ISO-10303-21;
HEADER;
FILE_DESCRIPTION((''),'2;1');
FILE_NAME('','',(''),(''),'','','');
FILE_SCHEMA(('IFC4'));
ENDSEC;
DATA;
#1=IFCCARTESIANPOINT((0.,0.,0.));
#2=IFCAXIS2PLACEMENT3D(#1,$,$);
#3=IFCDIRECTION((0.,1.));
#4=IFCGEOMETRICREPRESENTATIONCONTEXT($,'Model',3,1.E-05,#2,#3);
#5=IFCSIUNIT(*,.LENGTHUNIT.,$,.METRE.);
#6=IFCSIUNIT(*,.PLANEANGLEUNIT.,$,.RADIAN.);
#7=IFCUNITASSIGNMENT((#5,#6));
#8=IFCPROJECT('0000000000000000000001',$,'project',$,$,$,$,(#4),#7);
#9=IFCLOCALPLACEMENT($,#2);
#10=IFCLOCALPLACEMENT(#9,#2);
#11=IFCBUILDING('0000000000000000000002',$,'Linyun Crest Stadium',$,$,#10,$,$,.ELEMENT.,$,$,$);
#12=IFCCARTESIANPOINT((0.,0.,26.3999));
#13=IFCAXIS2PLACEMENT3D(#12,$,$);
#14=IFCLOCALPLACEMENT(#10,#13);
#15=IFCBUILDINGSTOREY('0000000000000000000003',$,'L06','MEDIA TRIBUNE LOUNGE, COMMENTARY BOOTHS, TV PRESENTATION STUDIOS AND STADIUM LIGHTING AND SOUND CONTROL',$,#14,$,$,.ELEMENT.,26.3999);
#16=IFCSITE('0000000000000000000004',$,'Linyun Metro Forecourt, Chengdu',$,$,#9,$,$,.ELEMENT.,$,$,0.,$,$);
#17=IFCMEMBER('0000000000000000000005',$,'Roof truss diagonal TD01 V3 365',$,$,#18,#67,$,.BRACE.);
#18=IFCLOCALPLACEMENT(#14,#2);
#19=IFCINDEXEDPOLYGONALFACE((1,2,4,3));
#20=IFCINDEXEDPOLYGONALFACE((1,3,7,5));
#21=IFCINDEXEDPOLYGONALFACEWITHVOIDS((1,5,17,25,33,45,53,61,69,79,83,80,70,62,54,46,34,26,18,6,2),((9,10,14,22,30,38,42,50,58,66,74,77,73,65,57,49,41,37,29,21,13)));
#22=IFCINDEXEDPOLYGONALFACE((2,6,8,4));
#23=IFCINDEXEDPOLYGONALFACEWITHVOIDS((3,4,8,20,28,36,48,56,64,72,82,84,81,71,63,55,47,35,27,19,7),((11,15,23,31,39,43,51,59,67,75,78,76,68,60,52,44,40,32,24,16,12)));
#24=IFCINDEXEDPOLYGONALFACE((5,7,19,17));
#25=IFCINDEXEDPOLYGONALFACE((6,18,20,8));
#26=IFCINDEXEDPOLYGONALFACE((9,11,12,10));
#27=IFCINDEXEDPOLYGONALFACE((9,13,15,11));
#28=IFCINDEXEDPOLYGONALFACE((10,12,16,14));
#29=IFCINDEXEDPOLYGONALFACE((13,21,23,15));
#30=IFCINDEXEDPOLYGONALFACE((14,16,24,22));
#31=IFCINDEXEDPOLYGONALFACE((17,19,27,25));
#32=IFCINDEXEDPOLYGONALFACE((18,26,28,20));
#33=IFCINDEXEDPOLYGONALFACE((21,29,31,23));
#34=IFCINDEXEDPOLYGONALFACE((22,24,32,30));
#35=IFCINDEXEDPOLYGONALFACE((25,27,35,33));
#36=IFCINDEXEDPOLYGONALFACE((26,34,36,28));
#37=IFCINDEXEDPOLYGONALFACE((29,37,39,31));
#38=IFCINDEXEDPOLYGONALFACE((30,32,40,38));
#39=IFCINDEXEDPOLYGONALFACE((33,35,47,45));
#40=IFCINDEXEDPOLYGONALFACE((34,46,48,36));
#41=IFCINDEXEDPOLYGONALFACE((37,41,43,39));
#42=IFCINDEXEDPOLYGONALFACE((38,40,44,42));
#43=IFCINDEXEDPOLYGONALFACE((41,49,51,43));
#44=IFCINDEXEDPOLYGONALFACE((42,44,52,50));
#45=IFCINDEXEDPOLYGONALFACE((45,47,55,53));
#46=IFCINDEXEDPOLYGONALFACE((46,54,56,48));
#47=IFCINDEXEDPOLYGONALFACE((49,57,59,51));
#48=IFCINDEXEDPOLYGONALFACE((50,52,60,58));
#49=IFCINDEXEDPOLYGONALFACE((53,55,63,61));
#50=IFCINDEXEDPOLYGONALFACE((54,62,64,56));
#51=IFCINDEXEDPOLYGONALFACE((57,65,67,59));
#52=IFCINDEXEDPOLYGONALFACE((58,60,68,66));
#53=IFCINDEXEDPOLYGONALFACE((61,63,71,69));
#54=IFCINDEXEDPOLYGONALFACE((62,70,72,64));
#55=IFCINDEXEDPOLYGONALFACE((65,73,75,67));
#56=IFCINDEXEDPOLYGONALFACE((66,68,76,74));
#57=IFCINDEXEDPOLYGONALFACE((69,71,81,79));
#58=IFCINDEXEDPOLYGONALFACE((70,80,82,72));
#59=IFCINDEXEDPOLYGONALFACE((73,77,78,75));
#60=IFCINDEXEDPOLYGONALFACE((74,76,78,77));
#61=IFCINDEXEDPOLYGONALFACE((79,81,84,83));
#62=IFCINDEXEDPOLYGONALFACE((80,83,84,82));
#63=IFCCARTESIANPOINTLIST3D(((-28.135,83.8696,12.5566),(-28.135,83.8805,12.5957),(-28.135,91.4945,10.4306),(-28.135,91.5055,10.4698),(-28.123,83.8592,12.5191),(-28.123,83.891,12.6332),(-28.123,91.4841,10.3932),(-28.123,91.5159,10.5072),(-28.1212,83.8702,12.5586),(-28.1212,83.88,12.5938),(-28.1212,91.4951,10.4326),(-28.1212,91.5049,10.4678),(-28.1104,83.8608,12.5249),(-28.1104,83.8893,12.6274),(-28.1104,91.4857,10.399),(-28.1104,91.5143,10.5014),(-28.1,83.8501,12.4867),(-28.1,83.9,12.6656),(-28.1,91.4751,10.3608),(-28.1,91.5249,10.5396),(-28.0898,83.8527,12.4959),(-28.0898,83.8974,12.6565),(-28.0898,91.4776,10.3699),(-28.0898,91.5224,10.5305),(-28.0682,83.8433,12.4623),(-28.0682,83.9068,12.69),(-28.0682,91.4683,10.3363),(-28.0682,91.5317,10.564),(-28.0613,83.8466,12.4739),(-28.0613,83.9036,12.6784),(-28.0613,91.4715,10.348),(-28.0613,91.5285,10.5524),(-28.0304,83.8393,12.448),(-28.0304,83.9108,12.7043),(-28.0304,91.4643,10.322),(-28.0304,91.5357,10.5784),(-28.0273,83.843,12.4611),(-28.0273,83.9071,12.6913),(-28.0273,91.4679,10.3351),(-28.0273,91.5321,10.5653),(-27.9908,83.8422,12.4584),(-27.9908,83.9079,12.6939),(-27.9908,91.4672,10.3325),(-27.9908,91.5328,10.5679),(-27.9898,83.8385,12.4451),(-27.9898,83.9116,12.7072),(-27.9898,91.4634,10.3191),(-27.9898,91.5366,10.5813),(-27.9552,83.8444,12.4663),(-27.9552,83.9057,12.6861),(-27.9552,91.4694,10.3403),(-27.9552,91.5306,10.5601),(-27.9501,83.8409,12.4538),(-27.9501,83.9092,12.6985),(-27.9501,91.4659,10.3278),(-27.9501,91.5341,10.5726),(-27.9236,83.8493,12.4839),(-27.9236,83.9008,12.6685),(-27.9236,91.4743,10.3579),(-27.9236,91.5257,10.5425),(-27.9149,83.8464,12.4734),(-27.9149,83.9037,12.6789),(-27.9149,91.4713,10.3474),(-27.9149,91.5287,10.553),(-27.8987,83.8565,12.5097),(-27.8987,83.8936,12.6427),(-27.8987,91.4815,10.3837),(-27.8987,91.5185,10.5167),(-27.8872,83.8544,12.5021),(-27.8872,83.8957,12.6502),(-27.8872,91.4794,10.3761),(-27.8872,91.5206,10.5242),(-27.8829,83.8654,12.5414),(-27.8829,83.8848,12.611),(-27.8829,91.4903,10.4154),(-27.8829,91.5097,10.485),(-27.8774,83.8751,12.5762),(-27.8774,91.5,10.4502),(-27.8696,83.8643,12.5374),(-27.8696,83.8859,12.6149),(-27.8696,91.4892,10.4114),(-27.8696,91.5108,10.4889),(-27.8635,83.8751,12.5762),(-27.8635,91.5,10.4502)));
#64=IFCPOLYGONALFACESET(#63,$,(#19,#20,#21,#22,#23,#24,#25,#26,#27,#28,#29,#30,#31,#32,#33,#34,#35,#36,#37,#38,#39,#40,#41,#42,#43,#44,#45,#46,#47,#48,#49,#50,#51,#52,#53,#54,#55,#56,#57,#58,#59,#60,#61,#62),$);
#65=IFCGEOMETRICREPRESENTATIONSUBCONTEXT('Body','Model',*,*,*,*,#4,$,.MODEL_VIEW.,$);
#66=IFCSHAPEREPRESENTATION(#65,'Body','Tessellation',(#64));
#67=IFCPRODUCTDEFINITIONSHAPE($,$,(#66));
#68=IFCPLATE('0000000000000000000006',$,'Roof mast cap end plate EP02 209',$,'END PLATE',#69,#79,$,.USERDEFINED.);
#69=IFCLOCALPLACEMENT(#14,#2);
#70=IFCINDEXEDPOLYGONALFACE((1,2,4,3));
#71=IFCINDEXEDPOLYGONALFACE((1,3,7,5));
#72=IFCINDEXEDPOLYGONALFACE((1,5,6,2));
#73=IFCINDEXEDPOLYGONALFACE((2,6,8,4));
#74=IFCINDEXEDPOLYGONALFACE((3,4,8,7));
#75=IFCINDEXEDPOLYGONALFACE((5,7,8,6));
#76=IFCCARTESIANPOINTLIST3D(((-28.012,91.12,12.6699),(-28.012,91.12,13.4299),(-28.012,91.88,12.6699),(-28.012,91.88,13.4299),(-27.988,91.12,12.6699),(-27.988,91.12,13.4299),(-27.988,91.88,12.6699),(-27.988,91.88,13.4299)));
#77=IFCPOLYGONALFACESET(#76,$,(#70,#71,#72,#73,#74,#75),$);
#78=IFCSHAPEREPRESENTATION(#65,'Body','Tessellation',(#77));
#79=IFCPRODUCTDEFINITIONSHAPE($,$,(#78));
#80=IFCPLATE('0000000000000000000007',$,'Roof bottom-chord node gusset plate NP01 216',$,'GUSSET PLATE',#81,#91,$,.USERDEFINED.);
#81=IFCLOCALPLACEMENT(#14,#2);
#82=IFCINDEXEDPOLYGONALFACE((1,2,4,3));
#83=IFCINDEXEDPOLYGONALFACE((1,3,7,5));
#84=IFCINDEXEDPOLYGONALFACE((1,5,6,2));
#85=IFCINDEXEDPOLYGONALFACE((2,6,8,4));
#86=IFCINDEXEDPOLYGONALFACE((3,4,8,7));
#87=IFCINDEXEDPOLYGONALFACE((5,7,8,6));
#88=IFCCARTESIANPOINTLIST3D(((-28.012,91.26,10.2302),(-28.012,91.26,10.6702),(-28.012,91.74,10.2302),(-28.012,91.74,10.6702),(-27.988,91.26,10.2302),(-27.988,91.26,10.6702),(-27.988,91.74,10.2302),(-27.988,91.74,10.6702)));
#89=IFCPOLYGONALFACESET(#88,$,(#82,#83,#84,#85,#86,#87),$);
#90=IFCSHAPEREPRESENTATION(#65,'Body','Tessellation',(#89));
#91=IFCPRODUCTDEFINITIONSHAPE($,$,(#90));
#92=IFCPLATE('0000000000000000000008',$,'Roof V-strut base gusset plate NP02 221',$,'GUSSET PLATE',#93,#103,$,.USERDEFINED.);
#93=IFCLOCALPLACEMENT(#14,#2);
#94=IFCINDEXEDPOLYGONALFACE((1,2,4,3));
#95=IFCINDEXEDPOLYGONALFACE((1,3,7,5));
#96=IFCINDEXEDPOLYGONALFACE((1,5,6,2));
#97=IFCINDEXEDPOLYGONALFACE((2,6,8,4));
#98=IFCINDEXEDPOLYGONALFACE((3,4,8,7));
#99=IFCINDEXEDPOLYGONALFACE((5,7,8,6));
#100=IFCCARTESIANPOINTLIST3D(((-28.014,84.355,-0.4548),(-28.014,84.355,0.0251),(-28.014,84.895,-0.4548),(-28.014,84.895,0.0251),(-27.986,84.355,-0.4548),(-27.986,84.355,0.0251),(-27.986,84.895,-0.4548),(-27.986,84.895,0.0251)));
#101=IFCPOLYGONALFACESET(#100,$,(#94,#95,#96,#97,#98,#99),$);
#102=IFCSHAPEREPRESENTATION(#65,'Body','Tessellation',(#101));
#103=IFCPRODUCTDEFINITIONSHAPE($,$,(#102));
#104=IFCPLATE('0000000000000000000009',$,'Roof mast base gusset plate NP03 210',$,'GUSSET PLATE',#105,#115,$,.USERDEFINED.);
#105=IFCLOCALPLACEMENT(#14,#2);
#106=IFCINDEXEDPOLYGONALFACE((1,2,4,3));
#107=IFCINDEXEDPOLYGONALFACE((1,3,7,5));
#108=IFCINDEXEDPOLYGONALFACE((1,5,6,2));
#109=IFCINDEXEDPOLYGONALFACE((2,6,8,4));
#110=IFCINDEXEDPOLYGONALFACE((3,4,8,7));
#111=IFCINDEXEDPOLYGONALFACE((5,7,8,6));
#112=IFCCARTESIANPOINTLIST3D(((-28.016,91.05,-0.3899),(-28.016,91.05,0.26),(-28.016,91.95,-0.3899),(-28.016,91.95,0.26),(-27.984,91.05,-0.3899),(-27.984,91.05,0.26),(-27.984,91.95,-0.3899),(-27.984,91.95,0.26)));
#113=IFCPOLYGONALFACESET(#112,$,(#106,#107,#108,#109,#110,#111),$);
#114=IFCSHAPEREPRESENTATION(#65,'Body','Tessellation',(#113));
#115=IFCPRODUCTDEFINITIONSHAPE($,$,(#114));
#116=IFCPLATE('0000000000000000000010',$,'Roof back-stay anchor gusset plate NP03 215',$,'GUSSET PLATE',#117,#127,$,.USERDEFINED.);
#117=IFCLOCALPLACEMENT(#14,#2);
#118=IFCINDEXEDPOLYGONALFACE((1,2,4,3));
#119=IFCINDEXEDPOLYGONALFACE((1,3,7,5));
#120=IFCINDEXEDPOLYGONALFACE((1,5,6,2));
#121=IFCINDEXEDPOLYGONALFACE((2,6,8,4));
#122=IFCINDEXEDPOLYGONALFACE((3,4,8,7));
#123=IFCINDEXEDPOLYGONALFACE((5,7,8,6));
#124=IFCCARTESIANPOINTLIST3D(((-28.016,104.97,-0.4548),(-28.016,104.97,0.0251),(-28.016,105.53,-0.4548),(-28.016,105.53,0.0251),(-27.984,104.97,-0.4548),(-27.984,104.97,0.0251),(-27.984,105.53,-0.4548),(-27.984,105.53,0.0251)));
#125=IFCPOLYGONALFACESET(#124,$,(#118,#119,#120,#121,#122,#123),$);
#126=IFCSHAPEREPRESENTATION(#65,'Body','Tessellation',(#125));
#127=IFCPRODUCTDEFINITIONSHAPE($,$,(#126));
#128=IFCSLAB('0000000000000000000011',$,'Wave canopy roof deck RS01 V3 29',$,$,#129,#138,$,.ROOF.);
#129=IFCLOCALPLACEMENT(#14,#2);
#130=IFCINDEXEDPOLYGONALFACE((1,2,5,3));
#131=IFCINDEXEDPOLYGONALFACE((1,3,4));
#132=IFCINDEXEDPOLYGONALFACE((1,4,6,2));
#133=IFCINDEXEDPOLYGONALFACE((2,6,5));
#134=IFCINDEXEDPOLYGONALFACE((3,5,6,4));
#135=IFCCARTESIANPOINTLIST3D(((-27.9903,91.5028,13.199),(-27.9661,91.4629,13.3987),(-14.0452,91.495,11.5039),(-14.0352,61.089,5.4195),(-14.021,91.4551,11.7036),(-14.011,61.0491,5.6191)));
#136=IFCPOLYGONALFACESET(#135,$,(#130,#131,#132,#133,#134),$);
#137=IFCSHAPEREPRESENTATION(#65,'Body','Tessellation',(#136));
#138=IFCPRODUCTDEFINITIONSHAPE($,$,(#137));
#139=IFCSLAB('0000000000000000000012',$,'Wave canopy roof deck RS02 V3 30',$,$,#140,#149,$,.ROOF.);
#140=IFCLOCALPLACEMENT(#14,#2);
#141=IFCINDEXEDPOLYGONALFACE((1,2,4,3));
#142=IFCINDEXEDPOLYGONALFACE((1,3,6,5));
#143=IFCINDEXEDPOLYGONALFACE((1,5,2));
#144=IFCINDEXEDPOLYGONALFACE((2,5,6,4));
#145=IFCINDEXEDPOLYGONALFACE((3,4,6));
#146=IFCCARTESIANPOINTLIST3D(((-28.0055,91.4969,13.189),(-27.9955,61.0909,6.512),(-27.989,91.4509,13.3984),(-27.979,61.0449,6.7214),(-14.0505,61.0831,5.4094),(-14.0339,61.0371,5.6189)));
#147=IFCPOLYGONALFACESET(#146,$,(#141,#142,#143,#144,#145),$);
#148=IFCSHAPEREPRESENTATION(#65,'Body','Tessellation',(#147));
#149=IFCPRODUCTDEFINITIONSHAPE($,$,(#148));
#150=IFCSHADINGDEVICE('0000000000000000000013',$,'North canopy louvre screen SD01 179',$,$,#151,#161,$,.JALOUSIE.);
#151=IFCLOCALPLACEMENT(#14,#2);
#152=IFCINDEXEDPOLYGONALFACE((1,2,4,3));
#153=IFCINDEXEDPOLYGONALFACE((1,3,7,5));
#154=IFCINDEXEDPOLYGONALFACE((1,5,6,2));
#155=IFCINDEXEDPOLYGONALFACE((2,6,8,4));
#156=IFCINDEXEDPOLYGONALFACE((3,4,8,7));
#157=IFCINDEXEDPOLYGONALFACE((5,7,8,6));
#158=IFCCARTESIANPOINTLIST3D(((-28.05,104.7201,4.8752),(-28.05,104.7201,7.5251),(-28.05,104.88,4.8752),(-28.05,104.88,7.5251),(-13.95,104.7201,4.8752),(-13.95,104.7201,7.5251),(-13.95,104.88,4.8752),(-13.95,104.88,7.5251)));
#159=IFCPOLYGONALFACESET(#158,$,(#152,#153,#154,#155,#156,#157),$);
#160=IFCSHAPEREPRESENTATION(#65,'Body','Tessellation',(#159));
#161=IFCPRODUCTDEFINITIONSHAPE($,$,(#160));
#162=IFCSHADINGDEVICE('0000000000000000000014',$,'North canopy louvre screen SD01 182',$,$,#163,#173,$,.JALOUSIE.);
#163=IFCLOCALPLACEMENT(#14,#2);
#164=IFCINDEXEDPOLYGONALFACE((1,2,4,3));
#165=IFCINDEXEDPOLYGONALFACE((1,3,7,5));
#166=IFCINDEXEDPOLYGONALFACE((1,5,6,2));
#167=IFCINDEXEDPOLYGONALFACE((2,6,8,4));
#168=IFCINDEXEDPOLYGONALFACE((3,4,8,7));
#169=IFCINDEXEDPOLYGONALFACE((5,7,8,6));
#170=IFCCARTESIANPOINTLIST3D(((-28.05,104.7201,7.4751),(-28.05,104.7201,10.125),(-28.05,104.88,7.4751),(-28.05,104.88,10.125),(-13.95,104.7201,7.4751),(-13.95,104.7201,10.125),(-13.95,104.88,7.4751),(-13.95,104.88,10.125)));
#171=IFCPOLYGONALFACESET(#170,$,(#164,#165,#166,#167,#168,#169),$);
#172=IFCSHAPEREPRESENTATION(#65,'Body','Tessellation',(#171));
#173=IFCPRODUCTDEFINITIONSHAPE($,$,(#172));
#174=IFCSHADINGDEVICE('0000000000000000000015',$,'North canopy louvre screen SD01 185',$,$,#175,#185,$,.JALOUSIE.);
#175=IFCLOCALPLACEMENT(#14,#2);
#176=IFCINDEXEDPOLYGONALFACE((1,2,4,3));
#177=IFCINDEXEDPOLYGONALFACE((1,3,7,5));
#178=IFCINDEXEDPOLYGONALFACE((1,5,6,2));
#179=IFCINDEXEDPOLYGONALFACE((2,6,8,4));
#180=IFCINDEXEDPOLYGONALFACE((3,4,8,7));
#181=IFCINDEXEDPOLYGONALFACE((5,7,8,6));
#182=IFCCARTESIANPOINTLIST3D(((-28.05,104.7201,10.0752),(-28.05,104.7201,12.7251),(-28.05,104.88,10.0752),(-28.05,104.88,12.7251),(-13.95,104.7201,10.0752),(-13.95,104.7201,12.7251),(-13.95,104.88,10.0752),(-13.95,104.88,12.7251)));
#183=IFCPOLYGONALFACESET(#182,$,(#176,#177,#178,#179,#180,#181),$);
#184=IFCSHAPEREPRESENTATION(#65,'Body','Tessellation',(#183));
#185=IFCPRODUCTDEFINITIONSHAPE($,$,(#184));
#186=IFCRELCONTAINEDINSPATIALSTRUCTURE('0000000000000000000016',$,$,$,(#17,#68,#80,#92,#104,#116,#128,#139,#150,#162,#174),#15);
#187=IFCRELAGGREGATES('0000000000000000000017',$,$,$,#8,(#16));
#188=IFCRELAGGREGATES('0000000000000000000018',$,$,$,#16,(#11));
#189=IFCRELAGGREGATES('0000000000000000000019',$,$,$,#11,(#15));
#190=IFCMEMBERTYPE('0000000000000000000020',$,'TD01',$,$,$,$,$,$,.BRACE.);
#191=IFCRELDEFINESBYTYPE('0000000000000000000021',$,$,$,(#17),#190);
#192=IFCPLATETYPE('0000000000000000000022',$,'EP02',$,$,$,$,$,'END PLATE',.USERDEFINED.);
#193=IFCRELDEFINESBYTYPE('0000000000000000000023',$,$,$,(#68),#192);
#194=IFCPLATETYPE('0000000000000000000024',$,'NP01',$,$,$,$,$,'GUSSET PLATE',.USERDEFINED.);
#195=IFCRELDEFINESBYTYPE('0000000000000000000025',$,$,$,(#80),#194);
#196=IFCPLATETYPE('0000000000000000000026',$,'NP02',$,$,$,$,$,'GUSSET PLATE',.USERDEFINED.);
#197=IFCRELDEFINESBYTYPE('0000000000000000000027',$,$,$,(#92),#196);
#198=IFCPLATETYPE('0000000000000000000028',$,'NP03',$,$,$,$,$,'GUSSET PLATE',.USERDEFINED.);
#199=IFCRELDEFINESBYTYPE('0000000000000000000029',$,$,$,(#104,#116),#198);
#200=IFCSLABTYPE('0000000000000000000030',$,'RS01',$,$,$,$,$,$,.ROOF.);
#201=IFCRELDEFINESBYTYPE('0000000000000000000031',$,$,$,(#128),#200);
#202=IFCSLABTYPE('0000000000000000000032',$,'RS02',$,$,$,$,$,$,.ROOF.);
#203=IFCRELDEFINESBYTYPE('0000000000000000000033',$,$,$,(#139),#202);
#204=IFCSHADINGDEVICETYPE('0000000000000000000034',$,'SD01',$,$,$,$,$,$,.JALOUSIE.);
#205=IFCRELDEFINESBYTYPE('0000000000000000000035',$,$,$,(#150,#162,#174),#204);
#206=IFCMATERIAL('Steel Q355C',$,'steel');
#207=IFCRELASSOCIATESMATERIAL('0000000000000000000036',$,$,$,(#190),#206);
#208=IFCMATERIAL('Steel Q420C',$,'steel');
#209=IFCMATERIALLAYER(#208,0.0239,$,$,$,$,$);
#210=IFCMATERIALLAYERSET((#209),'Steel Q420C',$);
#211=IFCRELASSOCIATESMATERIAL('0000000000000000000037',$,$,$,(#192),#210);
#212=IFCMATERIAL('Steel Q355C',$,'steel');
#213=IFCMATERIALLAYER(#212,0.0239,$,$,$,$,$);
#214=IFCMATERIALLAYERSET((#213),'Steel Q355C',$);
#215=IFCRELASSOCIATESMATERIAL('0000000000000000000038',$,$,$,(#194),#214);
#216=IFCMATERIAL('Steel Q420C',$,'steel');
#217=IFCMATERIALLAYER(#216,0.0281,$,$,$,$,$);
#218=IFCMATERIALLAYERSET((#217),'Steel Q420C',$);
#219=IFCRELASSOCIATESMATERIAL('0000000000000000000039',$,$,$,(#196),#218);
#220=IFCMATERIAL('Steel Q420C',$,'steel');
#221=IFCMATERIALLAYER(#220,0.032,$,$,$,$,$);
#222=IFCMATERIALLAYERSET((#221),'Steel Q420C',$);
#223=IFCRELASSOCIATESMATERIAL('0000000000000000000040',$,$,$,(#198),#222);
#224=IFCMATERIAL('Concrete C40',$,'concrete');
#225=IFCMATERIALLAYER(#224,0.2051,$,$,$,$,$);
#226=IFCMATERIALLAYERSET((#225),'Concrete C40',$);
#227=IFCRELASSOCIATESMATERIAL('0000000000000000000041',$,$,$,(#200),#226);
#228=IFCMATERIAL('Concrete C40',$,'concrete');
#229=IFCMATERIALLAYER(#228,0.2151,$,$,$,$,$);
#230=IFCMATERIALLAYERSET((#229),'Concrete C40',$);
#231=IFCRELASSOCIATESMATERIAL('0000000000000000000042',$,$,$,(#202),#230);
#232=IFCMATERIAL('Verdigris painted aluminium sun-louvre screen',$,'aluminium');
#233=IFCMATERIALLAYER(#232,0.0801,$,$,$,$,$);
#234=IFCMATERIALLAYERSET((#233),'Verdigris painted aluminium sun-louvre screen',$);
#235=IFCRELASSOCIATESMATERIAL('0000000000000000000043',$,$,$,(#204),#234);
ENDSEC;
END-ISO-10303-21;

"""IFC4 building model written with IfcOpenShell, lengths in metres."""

from ifc_helpers import new_model, si_unit, direction, frame, origin, origin_2d, place, context, subcontext, project, spatial, polyline, rectangle, hollow_circle, outline, extrude, material, layer, layer_set, material_profile, profile_set, type_object, element, save


model = new_model("IFC4")

# Units and contexts
model_context = context("Model", 3, precision=1e-05, world=origin(), true_north=direction((0.0, 1.0)))
body_context = subcontext(model_context, "Body", "Model", "MODEL_VIEW")
ifc_project = project(units=[si_unit("LENGTHUNIT", "METRE"), si_unit("PLANEANGLEUNIT", "RADIAN")], contexts=[model_context])

# Site, building, storey
site_placement = place(None, origin())
site = spatial("IfcSite", under=ifc_project, at=site_placement, Name="Linyun Metro Forecourt, Chengdu", CompositionType="ELEMENT", RefElevation=0.0)
building_placement = place(site_placement, origin())
building = spatial("IfcBuilding", under=site, at=building_placement, Name="Linyun Crest Stadium", CompositionType="ELEMENT")
storey_placement = place(building_placement, frame((0.0, 0.0, 26.3999)))
storey = spatial("IfcBuildingStorey", under=building, at=storey_placement, Name="L06", Description="MEDIA TRIBUNE LOUNGE, COMMENTARY BOOTHS, TV PRESENTATION STUDIOS AND STADIUM LIGHTING AND SOUND CONTROL", CompositionType="ELEMENT", Elevation=26.3999)

# Member
ifc_material_1 = material(Name="Steel Q355C", Category="steel")
ifc_material_profile_1 = material_profile(ifc_material_1, hollow_circle(Radius=0.1365, WallThickness=0.0139, at=origin_2d()), Name="CHS 273x14")
ifc_profile_set_1 = profile_set([ifc_material_profile_1], Name="Steel Q355C")
member_type_1 = type_object("IfcMemberType", Name="TD01", PredefinedType="BRACE", material=ifc_profile_set_1)
member_1_placement = place(storey_placement, frame((-28.0, 91.5, 10.4502), z_axis=(0.0, -0.963259, 0.268573), x_axis=(1.0, 0.0, 0.0)))
element("IfcMember", 1, at=member_1_placement, inside=storey, type_object=member_type_1, Name="Roof truss diagonal TD01 V3 365", PredefinedType="BRACE", context=body_context, shape_type="SweptSolid", body=[
    extrude(hollow_circle(Radius=0.1365, WallThickness=0.0139, at=origin_2d()), origin(), (0.0, 0.0, 1.0), 7.9158),
])

# Plates
ifc_material_2 = material(Name="Steel Q420C", Category="steel")
ifc_layer_1 = layer(ifc_material_2, 0.0239)
ifc_layer_set_1 = layer_set([ifc_layer_1], Name="Steel Q420C")
plate_type_1 = type_object("IfcPlateType", Name="EP02", ElementType="END PLATE", PredefinedType="USERDEFINED", material=ifc_layer_set_1)
plate_1_placement = place(storey_placement, frame((-28.0, 91.5, 12.6699), z_axis=(0.0, 0.0, 1.0), x_axis=(0.0, 1.0, 0.0)))
element("IfcPlate", 2, at=plate_1_placement, inside=storey, type_object=plate_type_1, Name="Roof mast cap end plate EP02 209", ObjectType="END PLATE", PredefinedType="USERDEFINED", context=body_context, shape_type="SweptSolid", body=[
    extrude(rectangle(XDim=0.76, YDim=0.0239, at=origin_2d()), origin(), (0.0, 0.0, 1.0), 0.76),
])
ifc_material_3 = material(Name="Steel Q355C", Category="steel")
ifc_layer_2 = layer(ifc_material_3, 0.0239)
ifc_layer_set_2 = layer_set([ifc_layer_2], Name="Steel Q355C")
plate_type_2 = type_object("IfcPlateType", Name="NP01", ElementType="GUSSET PLATE", PredefinedType="USERDEFINED", material=ifc_layer_set_2)
plate_2_placement = place(storey_placement, frame((-28.0, 91.5, 10.2302), z_axis=(0.0, 0.0, 1.0), x_axis=(0.0, 1.0, 0.0)))
element("IfcPlate", 3, at=plate_2_placement, inside=storey, type_object=plate_type_2, Name="Roof bottom-chord node gusset plate NP01 216", ObjectType="GUSSET PLATE", PredefinedType="USERDEFINED", context=body_context, shape_type="SweptSolid", body=[
    extrude(rectangle(XDim=0.48, YDim=0.0239, at=origin_2d()), origin(), (0.0, 0.0, 1.0), 0.4399),
])
ifc_material_4 = material(Name="Steel Q420C", Category="steel")
ifc_layer_3 = layer(ifc_material_4, 0.0281)
ifc_layer_set_3 = layer_set([ifc_layer_3], Name="Steel Q420C")
plate_type_3 = type_object("IfcPlateType", Name="NP02", ElementType="GUSSET PLATE", PredefinedType="USERDEFINED", material=ifc_layer_set_3)
plate_3_placement = place(storey_placement, frame((-28.0, 84.625, -0.4548), z_axis=(0.0, 0.0, 1.0), x_axis=(0.0, 1.0, 0.0)))
element("IfcPlate", 4, at=plate_3_placement, inside=storey, type_object=plate_type_3, Name="Roof V-strut base gusset plate NP02 221", ObjectType="GUSSET PLATE", PredefinedType="USERDEFINED", context=body_context, shape_type="SweptSolid", body=[
    extrude(rectangle(XDim=0.54, YDim=0.0281, at=origin_2d()), origin(), (0.0, 0.0, 1.0), 0.48),
])
ifc_material_5 = material(Name="Steel Q420C", Category="steel")
ifc_layer_4 = layer(ifc_material_5, 0.032)
ifc_layer_set_4 = layer_set([ifc_layer_4], Name="Steel Q420C")
plate_type_4 = type_object("IfcPlateType", Name="NP03", ElementType="GUSSET PLATE", PredefinedType="USERDEFINED", material=ifc_layer_set_4)
plate_4_placement = place(storey_placement, frame((-28.0, 91.5, -0.3899), z_axis=(0.0, 0.0, 1.0), x_axis=(0.0, 1.0, 0.0)))
element("IfcPlate", 5, at=plate_4_placement, inside=storey, type_object=plate_type_4, Name="Roof mast base gusset plate NP03 210", ObjectType="GUSSET PLATE", PredefinedType="USERDEFINED", context=body_context, shape_type="SweptSolid", body=[
    extrude(rectangle(XDim=0.8999, YDim=0.032, at=origin_2d()), origin(), (0.0, 0.0, 1.0), 0.6499),
])
plate_5_placement = place(storey_placement, frame((-28.0, 105.25, -0.4548), z_axis=(0.0, 0.0, 1.0), x_axis=(0.0, 1.0, 0.0)))
element("IfcPlate", 6, at=plate_5_placement, inside=storey, type_object=plate_type_4, Name="Roof back-stay anchor gusset plate NP03 215", ObjectType="GUSSET PLATE", PredefinedType="USERDEFINED", context=body_context, shape_type="SweptSolid", body=[
    extrude(rectangle(XDim=0.5601, YDim=0.032, at=origin_2d()), origin(), (0.0, 0.0, 1.0), 0.48),
])

# Slabs
ifc_material_6 = material(Name="Concrete C40", Category="concrete")
ifc_layer_5 = layer(ifc_material_6, 0.2051)
ifc_layer_set_5 = layer_set([ifc_layer_5], Name="Concrete C40")
slab_type_1 = type_object("IfcSlabType", Name="RS01", PredefinedType="ROOF", material=ifc_layer_set_5)
slab_1_placement = place(storey_placement, frame((-27.9661, 91.4629, 13.3987), z_axis=(0.118246, -0.194804, 0.973689), x_axis=(0.992693, -0.000556, -0.120665)))
element("IfcSlab", 7, at=slab_1_placement, inside=storey, type_object=slab_type_1, Name="Wave canopy roof deck RS01 V3 29", PredefinedType="ROOF", context=body_context, shape_type="SweptSolid", body=[
    extrude(outline(polyline([(0.0, 0.0), (14.0477, 0.0), (14.8087, -30.9995), (0.0, 0.0)])), origin(), (0.0, 0.0, -1.0), 0.2051),
])
ifc_material_7 = material(Name="Concrete C40", Category="concrete")
ifc_layer_6 = layer(ifc_material_7, 0.2151)
ifc_layer_set_6 = layer_set([ifc_layer_6], Name="Concrete C40")
slab_type_2 = type_object("IfcSlabType", Name="RS02", PredefinedType="ROOF", material=ifc_layer_set_6)
slab_2_placement = place(storey_placement, frame((-27.989, 91.4509, 13.3984), z_axis=(0.076875, -0.213825, 0.973842), x_axis=(0.406202, -0.885281, -0.226446)))
element("IfcSlab", 8, at=slab_2_placement, inside=storey, type_object=slab_type_2, Name="Wave canopy roof deck RS02 V3 30", PredefinedType="ROOF", context=body_context, shape_type="SweptSolid", body=[
    extrude(outline(polyline([(0.0, 0.0), (34.355, 0.0), (28.4339, -12.6736), (0.0, 0.0)])), origin(), (0.0, 0.0, -1.0), 0.2151),
])

# Shading devices
ifc_material_8 = material(Name="Verdigris painted aluminium sun-louvre screen", Category="aluminium")
ifc_layer_7 = layer(ifc_material_8, 0.0801)
ifc_layer_set_7 = layer_set([ifc_layer_7], Name="Verdigris painted aluminium sun-louvre screen")
shading_device_type_1 = type_object("IfcShadingDeviceType", Name="SD01", PredefinedType="JALOUSIE", material=ifc_layer_set_7)
for number, where, z_axis, x_axis, name in (
    (9, (-21.0, 104.8, 4.8752), (0.0, 0.0, 1.0), (1.0, 0.0, 0.0), "North canopy louvre screen SD01 179"),
    (10, (-21.0, 104.8, 7.4751), (0.0, 0.0, 1.0), (1.0, 0.0, 0.0), "North canopy louvre screen SD01 182"),
    (11, (-21.0, 104.8, 10.0752), (0.0, 0.0, 1.0), (1.0, 0.0, 0.0), "North canopy louvre screen SD01 185"),
):
    element("IfcShadingDevice", number, at=place(storey_placement, frame(where, z_axis=z_axis, x_axis=x_axis)), inside=storey, type_object=shading_device_type_1, Name=name, PredefinedType="JALOUSIE", context=body_context, shape_type="SweptSolid", body=[
        extrude(rectangle(XDim=14.1001, YDim=0.1599, at=origin_2d()), origin(), (0.0, 0.0, 1.0), 2.6499),
    ])

save(model, "model.ifc")
